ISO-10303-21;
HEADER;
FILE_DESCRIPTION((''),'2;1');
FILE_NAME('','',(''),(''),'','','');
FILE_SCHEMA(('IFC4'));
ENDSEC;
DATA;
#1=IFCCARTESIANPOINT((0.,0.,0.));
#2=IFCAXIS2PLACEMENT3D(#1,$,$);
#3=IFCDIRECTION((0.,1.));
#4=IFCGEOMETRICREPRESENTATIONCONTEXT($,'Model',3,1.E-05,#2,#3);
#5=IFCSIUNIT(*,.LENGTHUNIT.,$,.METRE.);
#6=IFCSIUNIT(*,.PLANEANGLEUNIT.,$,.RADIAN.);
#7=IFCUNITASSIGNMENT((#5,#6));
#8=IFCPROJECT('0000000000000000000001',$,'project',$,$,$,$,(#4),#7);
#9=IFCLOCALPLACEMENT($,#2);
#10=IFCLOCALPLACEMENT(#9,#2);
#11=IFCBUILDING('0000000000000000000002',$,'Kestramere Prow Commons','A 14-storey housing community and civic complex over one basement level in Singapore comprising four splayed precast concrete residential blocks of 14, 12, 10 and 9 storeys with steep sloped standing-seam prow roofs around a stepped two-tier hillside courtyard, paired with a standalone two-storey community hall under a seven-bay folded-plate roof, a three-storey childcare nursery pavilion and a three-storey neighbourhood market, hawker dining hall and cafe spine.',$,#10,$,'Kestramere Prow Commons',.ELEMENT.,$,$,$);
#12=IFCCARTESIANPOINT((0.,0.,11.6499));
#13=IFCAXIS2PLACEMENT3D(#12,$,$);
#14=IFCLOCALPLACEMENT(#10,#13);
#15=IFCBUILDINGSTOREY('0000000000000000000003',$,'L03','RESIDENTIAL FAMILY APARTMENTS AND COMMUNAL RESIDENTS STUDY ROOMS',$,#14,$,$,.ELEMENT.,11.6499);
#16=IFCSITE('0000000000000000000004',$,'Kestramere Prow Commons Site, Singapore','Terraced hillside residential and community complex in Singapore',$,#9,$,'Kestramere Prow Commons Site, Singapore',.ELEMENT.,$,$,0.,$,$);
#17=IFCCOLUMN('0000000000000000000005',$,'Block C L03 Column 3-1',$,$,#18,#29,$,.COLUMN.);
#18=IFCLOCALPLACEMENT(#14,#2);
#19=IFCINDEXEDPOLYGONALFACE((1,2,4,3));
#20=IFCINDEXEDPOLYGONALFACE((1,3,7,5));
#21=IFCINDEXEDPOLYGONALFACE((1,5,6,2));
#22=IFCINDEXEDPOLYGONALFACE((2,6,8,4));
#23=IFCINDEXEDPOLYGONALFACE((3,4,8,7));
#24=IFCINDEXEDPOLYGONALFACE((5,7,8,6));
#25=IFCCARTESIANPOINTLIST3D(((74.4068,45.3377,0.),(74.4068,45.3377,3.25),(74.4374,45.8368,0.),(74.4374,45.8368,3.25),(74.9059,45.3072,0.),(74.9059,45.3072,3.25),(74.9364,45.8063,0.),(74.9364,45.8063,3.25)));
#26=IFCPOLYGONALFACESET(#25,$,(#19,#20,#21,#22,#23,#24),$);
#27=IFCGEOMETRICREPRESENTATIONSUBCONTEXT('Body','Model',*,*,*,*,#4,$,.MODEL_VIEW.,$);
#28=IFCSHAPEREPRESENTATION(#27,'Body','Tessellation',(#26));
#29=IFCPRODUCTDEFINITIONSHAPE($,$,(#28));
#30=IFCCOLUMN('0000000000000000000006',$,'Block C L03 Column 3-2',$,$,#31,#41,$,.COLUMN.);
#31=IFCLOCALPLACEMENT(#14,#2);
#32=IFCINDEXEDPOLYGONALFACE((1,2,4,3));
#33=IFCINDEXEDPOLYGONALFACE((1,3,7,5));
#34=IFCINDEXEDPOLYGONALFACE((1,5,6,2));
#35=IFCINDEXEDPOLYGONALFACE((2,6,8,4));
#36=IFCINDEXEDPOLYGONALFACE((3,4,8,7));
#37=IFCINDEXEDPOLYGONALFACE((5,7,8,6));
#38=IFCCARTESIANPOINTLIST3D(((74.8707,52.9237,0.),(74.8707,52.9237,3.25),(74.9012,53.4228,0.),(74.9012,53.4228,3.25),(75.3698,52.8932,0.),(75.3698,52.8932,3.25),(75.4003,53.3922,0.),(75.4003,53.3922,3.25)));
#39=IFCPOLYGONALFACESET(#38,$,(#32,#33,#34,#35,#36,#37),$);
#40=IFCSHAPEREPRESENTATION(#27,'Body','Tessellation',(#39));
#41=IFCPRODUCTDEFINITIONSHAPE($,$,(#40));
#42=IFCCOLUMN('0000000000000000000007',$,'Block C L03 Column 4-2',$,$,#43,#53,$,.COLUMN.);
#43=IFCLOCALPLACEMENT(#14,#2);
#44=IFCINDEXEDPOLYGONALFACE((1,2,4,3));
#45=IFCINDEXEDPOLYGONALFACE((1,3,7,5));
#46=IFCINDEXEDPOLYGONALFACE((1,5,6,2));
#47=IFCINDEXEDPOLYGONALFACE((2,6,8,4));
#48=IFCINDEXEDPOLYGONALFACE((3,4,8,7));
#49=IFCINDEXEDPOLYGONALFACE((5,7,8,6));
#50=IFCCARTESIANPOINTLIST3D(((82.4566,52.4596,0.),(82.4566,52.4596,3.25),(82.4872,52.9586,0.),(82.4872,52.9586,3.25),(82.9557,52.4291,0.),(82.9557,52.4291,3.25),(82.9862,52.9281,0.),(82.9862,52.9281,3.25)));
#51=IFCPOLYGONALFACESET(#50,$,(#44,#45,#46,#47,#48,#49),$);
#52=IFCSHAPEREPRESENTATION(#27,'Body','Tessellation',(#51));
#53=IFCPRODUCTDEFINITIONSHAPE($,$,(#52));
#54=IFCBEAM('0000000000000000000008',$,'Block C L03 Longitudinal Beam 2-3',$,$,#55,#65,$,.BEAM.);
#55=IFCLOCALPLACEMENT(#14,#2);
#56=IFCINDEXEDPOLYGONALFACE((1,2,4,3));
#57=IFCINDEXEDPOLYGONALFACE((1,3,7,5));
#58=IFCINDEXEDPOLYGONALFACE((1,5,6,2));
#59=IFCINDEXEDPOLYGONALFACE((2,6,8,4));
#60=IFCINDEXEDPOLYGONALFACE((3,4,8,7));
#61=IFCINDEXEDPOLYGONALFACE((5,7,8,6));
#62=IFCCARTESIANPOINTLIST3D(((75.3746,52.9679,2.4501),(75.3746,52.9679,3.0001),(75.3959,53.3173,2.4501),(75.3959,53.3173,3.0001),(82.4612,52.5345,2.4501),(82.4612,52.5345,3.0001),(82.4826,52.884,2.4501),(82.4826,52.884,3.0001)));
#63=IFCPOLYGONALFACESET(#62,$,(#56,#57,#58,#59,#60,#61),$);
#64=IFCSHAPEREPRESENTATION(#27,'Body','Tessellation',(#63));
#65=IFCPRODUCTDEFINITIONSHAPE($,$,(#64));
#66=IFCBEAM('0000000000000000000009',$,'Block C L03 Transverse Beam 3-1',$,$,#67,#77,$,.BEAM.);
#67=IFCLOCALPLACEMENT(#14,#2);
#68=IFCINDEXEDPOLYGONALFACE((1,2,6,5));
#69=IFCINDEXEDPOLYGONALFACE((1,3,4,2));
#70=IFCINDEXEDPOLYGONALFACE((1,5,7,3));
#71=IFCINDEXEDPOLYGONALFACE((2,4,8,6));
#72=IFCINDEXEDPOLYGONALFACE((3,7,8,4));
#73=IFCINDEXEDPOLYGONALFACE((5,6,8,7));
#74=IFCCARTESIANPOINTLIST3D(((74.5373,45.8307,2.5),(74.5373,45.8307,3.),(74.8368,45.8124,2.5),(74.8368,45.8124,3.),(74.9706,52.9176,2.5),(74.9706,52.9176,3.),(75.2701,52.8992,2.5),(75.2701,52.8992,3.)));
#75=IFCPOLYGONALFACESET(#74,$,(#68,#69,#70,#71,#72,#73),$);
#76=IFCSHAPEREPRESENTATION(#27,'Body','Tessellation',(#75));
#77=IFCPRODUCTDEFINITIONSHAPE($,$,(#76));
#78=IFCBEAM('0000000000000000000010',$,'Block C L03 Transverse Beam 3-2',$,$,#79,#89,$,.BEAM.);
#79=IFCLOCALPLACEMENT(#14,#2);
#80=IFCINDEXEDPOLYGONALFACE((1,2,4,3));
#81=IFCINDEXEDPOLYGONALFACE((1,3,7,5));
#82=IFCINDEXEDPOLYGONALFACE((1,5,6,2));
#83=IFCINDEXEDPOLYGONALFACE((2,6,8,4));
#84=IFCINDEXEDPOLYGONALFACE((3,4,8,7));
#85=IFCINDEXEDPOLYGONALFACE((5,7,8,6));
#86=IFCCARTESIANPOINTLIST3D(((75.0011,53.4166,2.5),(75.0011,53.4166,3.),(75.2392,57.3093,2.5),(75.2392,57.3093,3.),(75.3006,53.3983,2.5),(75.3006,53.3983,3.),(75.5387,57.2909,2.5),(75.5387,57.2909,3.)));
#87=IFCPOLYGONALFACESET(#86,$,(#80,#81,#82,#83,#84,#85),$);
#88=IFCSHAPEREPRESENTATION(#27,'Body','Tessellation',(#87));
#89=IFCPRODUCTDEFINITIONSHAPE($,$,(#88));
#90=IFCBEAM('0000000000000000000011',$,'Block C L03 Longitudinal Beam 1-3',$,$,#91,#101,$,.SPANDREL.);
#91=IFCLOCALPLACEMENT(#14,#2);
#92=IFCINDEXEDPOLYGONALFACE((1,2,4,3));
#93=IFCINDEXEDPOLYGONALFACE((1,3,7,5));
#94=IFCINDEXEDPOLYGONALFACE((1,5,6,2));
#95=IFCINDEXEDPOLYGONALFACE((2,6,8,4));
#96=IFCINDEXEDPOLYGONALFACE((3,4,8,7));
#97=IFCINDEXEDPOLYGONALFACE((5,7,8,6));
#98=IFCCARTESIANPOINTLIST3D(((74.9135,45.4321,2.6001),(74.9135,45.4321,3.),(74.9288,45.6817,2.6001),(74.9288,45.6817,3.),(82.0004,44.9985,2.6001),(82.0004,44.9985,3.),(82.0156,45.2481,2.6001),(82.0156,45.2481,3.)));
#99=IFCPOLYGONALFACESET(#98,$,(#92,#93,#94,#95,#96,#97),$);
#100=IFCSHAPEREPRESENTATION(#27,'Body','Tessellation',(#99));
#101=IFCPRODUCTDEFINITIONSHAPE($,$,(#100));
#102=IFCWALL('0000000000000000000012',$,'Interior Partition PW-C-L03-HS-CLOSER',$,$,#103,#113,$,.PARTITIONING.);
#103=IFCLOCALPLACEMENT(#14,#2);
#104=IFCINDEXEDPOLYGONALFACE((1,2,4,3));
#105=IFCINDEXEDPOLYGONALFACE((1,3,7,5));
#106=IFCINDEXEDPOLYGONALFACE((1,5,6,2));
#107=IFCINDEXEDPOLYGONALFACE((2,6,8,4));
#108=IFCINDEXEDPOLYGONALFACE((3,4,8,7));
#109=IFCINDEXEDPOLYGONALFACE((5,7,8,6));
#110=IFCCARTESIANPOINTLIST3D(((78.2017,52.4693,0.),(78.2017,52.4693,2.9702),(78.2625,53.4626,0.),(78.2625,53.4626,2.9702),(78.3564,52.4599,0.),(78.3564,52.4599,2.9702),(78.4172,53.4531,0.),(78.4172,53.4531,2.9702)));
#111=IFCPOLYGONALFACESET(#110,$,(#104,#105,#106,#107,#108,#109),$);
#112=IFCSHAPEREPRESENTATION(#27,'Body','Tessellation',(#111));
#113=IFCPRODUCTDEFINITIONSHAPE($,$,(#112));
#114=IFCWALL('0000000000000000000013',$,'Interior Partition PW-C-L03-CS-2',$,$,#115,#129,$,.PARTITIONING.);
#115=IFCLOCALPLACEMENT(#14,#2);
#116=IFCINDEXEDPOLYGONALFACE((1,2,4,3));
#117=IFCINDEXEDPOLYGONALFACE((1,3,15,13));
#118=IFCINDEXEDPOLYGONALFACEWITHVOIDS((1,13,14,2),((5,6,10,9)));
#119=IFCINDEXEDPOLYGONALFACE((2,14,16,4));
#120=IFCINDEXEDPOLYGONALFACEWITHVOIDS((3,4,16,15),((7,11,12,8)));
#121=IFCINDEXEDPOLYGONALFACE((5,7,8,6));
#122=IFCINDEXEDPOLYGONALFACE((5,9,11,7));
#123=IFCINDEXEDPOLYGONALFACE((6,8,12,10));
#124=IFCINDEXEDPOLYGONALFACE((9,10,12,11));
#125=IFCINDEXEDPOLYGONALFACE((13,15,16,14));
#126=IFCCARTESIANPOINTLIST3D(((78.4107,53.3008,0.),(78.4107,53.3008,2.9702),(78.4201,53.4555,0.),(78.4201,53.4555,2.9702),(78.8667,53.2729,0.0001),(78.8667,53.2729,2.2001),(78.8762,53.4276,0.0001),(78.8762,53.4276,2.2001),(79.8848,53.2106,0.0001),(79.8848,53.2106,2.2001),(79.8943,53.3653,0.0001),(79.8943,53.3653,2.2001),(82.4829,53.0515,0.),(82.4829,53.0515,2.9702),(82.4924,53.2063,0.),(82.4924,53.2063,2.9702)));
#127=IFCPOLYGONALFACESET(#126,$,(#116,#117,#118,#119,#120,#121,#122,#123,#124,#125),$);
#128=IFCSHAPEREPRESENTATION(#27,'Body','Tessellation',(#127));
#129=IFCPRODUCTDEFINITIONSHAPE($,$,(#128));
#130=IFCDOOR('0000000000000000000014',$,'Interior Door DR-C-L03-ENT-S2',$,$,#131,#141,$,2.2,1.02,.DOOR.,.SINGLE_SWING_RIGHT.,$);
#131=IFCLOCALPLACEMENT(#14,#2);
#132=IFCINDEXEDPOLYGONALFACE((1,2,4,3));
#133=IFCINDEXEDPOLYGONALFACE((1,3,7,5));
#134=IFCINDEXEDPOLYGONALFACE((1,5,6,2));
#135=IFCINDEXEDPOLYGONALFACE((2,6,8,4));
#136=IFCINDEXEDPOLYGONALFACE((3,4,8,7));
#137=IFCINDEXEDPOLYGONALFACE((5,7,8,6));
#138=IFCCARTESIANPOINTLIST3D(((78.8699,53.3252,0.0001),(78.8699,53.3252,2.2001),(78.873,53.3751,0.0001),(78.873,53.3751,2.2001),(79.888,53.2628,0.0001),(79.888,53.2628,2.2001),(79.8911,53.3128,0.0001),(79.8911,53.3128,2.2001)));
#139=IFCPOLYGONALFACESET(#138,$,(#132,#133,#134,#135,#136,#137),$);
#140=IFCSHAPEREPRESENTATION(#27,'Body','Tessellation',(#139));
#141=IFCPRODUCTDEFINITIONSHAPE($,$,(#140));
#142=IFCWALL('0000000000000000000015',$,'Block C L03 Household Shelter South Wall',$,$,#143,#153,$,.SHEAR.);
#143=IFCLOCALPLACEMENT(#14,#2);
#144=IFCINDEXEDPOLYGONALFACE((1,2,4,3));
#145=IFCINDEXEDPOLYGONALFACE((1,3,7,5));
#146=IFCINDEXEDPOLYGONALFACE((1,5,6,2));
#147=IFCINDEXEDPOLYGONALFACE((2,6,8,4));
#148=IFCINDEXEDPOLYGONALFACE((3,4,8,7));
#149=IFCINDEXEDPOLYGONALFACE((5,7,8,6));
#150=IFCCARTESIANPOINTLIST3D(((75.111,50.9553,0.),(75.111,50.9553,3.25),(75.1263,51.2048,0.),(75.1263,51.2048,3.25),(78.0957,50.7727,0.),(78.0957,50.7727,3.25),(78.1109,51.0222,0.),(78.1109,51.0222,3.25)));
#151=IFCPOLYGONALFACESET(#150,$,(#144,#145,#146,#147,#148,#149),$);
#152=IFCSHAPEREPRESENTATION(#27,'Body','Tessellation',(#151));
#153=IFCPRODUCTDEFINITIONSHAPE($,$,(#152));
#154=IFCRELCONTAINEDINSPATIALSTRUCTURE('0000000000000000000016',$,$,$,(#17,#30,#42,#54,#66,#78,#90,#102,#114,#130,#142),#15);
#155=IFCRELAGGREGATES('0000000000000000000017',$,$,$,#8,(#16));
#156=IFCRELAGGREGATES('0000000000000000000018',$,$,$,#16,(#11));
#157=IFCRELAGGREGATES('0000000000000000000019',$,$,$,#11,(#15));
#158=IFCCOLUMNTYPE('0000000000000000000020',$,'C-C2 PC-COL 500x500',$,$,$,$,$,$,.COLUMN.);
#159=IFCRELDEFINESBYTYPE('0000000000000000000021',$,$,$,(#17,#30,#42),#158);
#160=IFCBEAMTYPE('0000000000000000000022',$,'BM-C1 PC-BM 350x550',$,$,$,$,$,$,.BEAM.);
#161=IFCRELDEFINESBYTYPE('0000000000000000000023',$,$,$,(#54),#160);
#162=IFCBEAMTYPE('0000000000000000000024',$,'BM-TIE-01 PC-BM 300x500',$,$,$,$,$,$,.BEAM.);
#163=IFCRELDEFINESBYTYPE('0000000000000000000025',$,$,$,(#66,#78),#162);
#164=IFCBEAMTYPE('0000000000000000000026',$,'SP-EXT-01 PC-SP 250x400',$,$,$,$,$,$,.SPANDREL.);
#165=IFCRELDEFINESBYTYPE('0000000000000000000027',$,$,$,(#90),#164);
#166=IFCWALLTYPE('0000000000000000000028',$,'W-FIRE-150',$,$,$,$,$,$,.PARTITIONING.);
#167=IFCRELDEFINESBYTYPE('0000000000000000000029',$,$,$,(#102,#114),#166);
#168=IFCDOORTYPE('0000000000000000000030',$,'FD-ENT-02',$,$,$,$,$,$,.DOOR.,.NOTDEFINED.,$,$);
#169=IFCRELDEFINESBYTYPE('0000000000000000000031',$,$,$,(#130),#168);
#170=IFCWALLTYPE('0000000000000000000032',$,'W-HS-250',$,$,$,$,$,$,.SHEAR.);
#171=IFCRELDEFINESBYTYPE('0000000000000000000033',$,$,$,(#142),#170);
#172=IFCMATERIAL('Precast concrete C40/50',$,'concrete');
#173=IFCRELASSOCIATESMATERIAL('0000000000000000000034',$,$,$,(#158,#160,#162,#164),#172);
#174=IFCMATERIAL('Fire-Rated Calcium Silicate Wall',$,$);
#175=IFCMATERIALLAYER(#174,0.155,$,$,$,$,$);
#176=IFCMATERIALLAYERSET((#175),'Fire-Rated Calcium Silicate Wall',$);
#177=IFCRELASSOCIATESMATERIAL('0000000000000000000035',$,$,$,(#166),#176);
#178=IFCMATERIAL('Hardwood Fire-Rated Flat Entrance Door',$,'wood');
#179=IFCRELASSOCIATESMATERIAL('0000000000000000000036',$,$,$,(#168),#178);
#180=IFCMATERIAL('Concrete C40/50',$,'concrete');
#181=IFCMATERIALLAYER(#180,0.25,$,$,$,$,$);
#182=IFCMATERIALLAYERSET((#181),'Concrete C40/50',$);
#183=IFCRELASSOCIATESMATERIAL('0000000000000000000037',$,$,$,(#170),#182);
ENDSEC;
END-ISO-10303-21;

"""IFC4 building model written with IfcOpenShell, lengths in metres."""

from ifc_helpers import new_model, si_unit, direction, frame, frame_2d, origin, origin_2d, place, context, subcontext, project, spatial, rectangle, extrude, material, layer, layer_set, material_profile, profile_set, type_object, element, fill, save


model = new_model("IFC4")

# Units and contexts
model_context = context("Model", 3, precision=1e-05, world=origin(), true_north=direction((0.0, 1.0)))
body_context = subcontext(model_context, "Body", "Model", "MODEL_VIEW")
ifc_project = project(units=[si_unit("LENGTHUNIT", "METRE"), si_unit("PLANEANGLEUNIT", "RADIAN")], contexts=[model_context])

# Site, building, storey
site_placement = place(None, origin())
site = spatial("IfcSite", under=ifc_project, at=site_placement, Name="Kestramere Prow Commons Site, Singapore", Description="Terraced hillside residential and community complex in Singapore", LongName="Kestramere Prow Commons Site, Singapore", CompositionType="ELEMENT", RefElevation=0.0)
building_placement = place(site_placement, origin())
building = spatial("IfcBuilding", under=site, at=building_placement, Name="Kestramere Prow Commons", Description="A 14-storey housing community and civic complex over one basement level in Singapore comprising four splayed precast concrete residential blocks of 14, 12, 10 and 9 storeys with steep sloped standing-seam prow roofs around a stepped two-tier hillside courtyard, paired with a standalone two-storey community hall under a seven-bay folded-plate roof, a three-storey childcare nursery pavilion and a three-storey neighbourhood market, hawker dining hall and cafe spine.", LongName="Kestramere Prow Commons", CompositionType="ELEMENT")
storey_placement = place(building_placement, frame((0.0, 0.0, 11.6499)))
storey = spatial("IfcBuildingStorey", under=building, at=storey_placement, Name="L03", Description="RESIDENTIAL FAMILY APARTMENTS AND COMMUNAL RESIDENTS STUDY ROOMS", CompositionType="ELEMENT", Elevation=11.6499)

# Columns
ifc_material_1 = material(Name="Precast concrete C40/50", Category="concrete")
ifc_material_profile_1 = material_profile(ifc_material_1, rectangle(XDim=0.5, YDim=0.5, at=origin_2d()), Name="PC-COL 500x500")
ifc_profile_set_1 = profile_set([ifc_material_profile_1], Name="Precast concrete C40/50")
column_type = type_object("IfcColumnType", Name="C-C2 PC-COL 500x500", PredefinedType="COLUMN", material=ifc_profile_set_1)
for number, where, z_axis, x_axis, name in (
    (1, (74.6716, 45.572, 0.0), (0.0, 0.0, 1.0), (0.998135, -0.061049, 0.0), "Block C L03 Column 3-1"),
    (2, (75.1355, 53.158, 0.0), (0.0, 0.0, 1.0), (0.998135, -0.061049, 0.0), "Block C L03 Column 3-2"),
    (3, (82.7214, 52.6938, 0.0), (0.0, 0.0, 1.0), (0.998135, -0.061049, 0.0), "Block C L03 Column 4-2"),
):
    element("IfcColumn", number, at=place(storey_placement, frame(where, z_axis=z_axis, x_axis=x_axis)), inside=storey, type_object=column_type, Name=name, PredefinedType="COLUMN", context=body_context, shape_type="SweptSolid", body=[
        extrude(rectangle(XDim=0.5, YDim=0.5, at=origin_2d()), origin(), (0.0, 0.0, 1.0), 3.25),
    ])

# Beams
ifc_material_profile_2 = material_profile(ifc_material_1, rectangle(XDim=0.3501, YDim=0.55, at=origin_2d()), Name="PC-BM 350x550")
ifc_profile_set_2 = profile_set([ifc_material_profile_2], Name="Precast concrete C40/50")
beam_type_1 = type_object("IfcBeamType", Name="BM-C1 PC-BM 350x550", PredefinedType="BEAM", material=ifc_profile_set_2)
beam_1_placement = place(storey_placement, frame((75.3853, 53.1426, 2.7251), z_axis=(0.998136, -0.061036, 0.0), x_axis=(0.061036, 0.998136, 0.0)))
element("IfcBeam", 4, at=beam_1_placement, inside=storey, type_object=beam_type_1, Name="Block C L03 Longitudinal Beam 2-3", PredefinedType="BEAM", context=body_context, shape_type="SweptSolid", body=[
    extrude(rectangle(XDim=0.3501, YDim=0.55, at=origin_2d()), origin(), (0.0, 0.0, 1.0), 7.0999),
])
ifc_material_profile_3 = material_profile(ifc_material_1, rectangle(XDim=0.3, YDim=0.5, at=origin_2d()), Name="PC-BM 300x500")
ifc_profile_set_3 = profile_set([ifc_material_profile_3], Name="Precast concrete C40/50")
beam_type_2 = type_object("IfcBeamType", Name="BM-TIE-01 PC-BM 300x500", PredefinedType="BEAM", material=ifc_profile_set_3)
beam_2_placement = place(storey_placement, frame((74.687, 45.8215, 2.75), z_axis=(0.061034, 0.998136, 0.0), x_axis=(-0.998136, 0.061034, 0.0)))
element("IfcBeam", 5, at=beam_2_placement, inside=storey, type_object=beam_type_2, Name="Block C L03 Transverse Beam 3-1", PredefinedType="BEAM", context=body_context, shape_type="SweptSolid", body=[
    extrude(rectangle(XDim=0.3, YDim=0.5, at=origin_2d()), origin(), (0.0, 0.0, 1.0), 7.1001),
])
beam_3_placement = place(storey_placement, frame((75.1509, 53.4075, 2.75), z_axis=(0.061038, 0.998135, 0.0), x_axis=(-0.998135, 0.061038, 0.0)))
element("IfcBeam", 6, at=beam_3_placement, inside=storey, type_object=beam_type_2, Name="Block C L03 Transverse Beam 3-2", PredefinedType="BEAM", context=body_context, shape_type="SweptSolid", body=[
    extrude(rectangle(XDim=0.3, YDim=0.5, at=origin_2d()), origin(), (0.0, 0.0, 1.0), 3.8999),
])
ifc_material_profile_4 = material_profile(ifc_material_1, rectangle(XDim=0.25, YDim=0.3999, at=origin_2d()), Name="PC-SP 250x400")
ifc_profile_set_4 = profile_set([ifc_material_profile_4], Name="Precast concrete C40/50")
beam_type_3 = type_object("IfcBeamType", Name="SP-EXT-01 PC-SP 250x400", PredefinedType="SPANDREL", material=ifc_profile_set_4)
beam_4_placement = place(storey_placement, frame((74.9211, 45.5569, 2.8), z_axis=(0.998134, -0.061068, 0.0), x_axis=(0.061068, 0.998134, 0.0)))
element("IfcBeam", 7, at=beam_4_placement, inside=storey, type_object=beam_type_3, Name="Block C L03 Longitudinal Beam 1-3", PredefinedType="SPANDREL", context=body_context, shape_type="SweptSolid", body=[
    extrude(rectangle(XDim=0.25, YDim=0.3999, at=origin_2d()), origin(), (0.0, 0.0, 1.0), 7.1001),
])

# Wall
ifc_material_2 = material(Name="Fire-Rated Calcium Silicate Wall")
ifc_layer_1 = layer(ifc_material_2, 0.155)
ifc_layer_set_1 = layer_set([ifc_layer_1], Name="Fire-Rated Calcium Silicate Wall")
wall_type_1 = type_object("IfcWallType", Name="W-FIRE-150", PredefinedType="PARTITIONING", material=ifc_layer_set_1)
wall_1_placement = place(storey_placement, frame((78.2791, 52.4646, 0.0), z_axis=(0.0, 0.0, 1.0), x_axis=(0.061095, 0.998132, 0.0)))
element("IfcWall", 8, at=wall_1_placement, inside=storey, type_object=wall_type_1, Name="Interior Partition PW-C-L03-HS-CLOSER", PredefinedType="PARTITIONING", context=body_context, shape_type="SweptSolid", body=[
    extrude(rectangle(XDim=0.9951, YDim=0.155, at=frame_2d((0.4976, 0.0))), origin(), (0.0, 0.0, 1.0), 2.9702),
])

# Wall, opening, door
wall_2_placement = place(storey_placement, frame((78.4153, 53.3782, 0.0), z_axis=(0.0, 0.0, 1.0), x_axis=(0.998132, -0.061097, 0.0)))
wall_2 = element("IfcWall", 9, at=wall_2_placement, inside=storey, type_object=wall_type_1, Name="Interior Partition PW-C-L03-CS-2", PredefinedType="PARTITIONING", context=body_context, shape_type="SweptSolid", body=[
    extrude(rectangle(XDim=4.0798, YDim=0.155, at=frame_2d((2.04, 0.0))), origin(), (0.0, 0.0, 1.0), 2.9702),
])
opening_1_placement = place(wall_2_placement, frame((0.457, 0.0, 0.0)))
opening_1 = element("IfcOpeningElement", 10, at=opening_1_placement, cuts=wall_2, PredefinedType="OPENING", context=body_context, shape_type="SweptSolid", body=[
    extrude(rectangle(XDim=1.02, YDim=2.2, at=frame_2d((0.51, 1.1001))), frame((0.0, 0.0925, 0.0), z_axis=(0.0, -1.0, 0.0), x_axis=(1.0, 0.0, 0.0)), (0.0, 0.0, 1.0), 0.1851),
])
ifc_material_3 = material(Name="Hardwood Fire-Rated Flat Entrance Door", Category="wood")
door_type_1 = type_object("IfcDoorType", Name="FD-ENT-02", OperationType="NOTDEFINED", PredefinedType="DOOR", material=ifc_material_3)
door_1_placement = place(opening_1_placement, origin())
door_1 = element("IfcDoor", 11, at=door_1_placement, inside=storey, type_object=door_type_1, Name="Interior Door DR-C-L03-ENT-S2", OperationType="SINGLE_SWING_RIGHT", OverallHeight=2.2, OverallWidth=1.02, PredefinedType="DOOR", context=body_context, shape_type="SweptSolid", body=[
    extrude(rectangle(XDim=1.02, YDim=2.2, at=frame_2d((0.51, 1.1001))), frame((0.0, 0.0249, 0.0), z_axis=(0.0, -1.0, 0.0), x_axis=(1.0, 0.0, 0.0)), (0.0, 0.0, 1.0), 0.05),
])
fill(opening_1, door_1)

# Wall
ifc_material_4 = material(Name="Concrete C40/50", Category="concrete")
ifc_layer_2 = layer(ifc_material_4, 0.25)
ifc_layer_set_2 = layer_set([ifc_layer_2], Name="Concrete C40/50")
wall_type_2 = type_object("IfcWallType", Name="W-HS-250", PredefinedType="SHEAR", material=ifc_layer_set_2)
wall_3_placement = place(storey_placement, frame((75.1187, 51.0801, 0.0), z_axis=(0.0, 0.0, 1.0), x_axis=(0.998133, -0.061072, 0.0)))
element("IfcWall", 12, at=wall_3_placement, inside=storey, type_object=wall_type_2, Name="Block C L03 Household Shelter South Wall", PredefinedType="SHEAR", context=body_context, shape_type="SweptSolid", body=[
    extrude(rectangle(XDim=2.9902, YDim=0.25, at=frame_2d((1.4951, 0.0))), origin(), (0.0, 0.0, 1.0), 3.25),
])

save(model, "model.ifc")
